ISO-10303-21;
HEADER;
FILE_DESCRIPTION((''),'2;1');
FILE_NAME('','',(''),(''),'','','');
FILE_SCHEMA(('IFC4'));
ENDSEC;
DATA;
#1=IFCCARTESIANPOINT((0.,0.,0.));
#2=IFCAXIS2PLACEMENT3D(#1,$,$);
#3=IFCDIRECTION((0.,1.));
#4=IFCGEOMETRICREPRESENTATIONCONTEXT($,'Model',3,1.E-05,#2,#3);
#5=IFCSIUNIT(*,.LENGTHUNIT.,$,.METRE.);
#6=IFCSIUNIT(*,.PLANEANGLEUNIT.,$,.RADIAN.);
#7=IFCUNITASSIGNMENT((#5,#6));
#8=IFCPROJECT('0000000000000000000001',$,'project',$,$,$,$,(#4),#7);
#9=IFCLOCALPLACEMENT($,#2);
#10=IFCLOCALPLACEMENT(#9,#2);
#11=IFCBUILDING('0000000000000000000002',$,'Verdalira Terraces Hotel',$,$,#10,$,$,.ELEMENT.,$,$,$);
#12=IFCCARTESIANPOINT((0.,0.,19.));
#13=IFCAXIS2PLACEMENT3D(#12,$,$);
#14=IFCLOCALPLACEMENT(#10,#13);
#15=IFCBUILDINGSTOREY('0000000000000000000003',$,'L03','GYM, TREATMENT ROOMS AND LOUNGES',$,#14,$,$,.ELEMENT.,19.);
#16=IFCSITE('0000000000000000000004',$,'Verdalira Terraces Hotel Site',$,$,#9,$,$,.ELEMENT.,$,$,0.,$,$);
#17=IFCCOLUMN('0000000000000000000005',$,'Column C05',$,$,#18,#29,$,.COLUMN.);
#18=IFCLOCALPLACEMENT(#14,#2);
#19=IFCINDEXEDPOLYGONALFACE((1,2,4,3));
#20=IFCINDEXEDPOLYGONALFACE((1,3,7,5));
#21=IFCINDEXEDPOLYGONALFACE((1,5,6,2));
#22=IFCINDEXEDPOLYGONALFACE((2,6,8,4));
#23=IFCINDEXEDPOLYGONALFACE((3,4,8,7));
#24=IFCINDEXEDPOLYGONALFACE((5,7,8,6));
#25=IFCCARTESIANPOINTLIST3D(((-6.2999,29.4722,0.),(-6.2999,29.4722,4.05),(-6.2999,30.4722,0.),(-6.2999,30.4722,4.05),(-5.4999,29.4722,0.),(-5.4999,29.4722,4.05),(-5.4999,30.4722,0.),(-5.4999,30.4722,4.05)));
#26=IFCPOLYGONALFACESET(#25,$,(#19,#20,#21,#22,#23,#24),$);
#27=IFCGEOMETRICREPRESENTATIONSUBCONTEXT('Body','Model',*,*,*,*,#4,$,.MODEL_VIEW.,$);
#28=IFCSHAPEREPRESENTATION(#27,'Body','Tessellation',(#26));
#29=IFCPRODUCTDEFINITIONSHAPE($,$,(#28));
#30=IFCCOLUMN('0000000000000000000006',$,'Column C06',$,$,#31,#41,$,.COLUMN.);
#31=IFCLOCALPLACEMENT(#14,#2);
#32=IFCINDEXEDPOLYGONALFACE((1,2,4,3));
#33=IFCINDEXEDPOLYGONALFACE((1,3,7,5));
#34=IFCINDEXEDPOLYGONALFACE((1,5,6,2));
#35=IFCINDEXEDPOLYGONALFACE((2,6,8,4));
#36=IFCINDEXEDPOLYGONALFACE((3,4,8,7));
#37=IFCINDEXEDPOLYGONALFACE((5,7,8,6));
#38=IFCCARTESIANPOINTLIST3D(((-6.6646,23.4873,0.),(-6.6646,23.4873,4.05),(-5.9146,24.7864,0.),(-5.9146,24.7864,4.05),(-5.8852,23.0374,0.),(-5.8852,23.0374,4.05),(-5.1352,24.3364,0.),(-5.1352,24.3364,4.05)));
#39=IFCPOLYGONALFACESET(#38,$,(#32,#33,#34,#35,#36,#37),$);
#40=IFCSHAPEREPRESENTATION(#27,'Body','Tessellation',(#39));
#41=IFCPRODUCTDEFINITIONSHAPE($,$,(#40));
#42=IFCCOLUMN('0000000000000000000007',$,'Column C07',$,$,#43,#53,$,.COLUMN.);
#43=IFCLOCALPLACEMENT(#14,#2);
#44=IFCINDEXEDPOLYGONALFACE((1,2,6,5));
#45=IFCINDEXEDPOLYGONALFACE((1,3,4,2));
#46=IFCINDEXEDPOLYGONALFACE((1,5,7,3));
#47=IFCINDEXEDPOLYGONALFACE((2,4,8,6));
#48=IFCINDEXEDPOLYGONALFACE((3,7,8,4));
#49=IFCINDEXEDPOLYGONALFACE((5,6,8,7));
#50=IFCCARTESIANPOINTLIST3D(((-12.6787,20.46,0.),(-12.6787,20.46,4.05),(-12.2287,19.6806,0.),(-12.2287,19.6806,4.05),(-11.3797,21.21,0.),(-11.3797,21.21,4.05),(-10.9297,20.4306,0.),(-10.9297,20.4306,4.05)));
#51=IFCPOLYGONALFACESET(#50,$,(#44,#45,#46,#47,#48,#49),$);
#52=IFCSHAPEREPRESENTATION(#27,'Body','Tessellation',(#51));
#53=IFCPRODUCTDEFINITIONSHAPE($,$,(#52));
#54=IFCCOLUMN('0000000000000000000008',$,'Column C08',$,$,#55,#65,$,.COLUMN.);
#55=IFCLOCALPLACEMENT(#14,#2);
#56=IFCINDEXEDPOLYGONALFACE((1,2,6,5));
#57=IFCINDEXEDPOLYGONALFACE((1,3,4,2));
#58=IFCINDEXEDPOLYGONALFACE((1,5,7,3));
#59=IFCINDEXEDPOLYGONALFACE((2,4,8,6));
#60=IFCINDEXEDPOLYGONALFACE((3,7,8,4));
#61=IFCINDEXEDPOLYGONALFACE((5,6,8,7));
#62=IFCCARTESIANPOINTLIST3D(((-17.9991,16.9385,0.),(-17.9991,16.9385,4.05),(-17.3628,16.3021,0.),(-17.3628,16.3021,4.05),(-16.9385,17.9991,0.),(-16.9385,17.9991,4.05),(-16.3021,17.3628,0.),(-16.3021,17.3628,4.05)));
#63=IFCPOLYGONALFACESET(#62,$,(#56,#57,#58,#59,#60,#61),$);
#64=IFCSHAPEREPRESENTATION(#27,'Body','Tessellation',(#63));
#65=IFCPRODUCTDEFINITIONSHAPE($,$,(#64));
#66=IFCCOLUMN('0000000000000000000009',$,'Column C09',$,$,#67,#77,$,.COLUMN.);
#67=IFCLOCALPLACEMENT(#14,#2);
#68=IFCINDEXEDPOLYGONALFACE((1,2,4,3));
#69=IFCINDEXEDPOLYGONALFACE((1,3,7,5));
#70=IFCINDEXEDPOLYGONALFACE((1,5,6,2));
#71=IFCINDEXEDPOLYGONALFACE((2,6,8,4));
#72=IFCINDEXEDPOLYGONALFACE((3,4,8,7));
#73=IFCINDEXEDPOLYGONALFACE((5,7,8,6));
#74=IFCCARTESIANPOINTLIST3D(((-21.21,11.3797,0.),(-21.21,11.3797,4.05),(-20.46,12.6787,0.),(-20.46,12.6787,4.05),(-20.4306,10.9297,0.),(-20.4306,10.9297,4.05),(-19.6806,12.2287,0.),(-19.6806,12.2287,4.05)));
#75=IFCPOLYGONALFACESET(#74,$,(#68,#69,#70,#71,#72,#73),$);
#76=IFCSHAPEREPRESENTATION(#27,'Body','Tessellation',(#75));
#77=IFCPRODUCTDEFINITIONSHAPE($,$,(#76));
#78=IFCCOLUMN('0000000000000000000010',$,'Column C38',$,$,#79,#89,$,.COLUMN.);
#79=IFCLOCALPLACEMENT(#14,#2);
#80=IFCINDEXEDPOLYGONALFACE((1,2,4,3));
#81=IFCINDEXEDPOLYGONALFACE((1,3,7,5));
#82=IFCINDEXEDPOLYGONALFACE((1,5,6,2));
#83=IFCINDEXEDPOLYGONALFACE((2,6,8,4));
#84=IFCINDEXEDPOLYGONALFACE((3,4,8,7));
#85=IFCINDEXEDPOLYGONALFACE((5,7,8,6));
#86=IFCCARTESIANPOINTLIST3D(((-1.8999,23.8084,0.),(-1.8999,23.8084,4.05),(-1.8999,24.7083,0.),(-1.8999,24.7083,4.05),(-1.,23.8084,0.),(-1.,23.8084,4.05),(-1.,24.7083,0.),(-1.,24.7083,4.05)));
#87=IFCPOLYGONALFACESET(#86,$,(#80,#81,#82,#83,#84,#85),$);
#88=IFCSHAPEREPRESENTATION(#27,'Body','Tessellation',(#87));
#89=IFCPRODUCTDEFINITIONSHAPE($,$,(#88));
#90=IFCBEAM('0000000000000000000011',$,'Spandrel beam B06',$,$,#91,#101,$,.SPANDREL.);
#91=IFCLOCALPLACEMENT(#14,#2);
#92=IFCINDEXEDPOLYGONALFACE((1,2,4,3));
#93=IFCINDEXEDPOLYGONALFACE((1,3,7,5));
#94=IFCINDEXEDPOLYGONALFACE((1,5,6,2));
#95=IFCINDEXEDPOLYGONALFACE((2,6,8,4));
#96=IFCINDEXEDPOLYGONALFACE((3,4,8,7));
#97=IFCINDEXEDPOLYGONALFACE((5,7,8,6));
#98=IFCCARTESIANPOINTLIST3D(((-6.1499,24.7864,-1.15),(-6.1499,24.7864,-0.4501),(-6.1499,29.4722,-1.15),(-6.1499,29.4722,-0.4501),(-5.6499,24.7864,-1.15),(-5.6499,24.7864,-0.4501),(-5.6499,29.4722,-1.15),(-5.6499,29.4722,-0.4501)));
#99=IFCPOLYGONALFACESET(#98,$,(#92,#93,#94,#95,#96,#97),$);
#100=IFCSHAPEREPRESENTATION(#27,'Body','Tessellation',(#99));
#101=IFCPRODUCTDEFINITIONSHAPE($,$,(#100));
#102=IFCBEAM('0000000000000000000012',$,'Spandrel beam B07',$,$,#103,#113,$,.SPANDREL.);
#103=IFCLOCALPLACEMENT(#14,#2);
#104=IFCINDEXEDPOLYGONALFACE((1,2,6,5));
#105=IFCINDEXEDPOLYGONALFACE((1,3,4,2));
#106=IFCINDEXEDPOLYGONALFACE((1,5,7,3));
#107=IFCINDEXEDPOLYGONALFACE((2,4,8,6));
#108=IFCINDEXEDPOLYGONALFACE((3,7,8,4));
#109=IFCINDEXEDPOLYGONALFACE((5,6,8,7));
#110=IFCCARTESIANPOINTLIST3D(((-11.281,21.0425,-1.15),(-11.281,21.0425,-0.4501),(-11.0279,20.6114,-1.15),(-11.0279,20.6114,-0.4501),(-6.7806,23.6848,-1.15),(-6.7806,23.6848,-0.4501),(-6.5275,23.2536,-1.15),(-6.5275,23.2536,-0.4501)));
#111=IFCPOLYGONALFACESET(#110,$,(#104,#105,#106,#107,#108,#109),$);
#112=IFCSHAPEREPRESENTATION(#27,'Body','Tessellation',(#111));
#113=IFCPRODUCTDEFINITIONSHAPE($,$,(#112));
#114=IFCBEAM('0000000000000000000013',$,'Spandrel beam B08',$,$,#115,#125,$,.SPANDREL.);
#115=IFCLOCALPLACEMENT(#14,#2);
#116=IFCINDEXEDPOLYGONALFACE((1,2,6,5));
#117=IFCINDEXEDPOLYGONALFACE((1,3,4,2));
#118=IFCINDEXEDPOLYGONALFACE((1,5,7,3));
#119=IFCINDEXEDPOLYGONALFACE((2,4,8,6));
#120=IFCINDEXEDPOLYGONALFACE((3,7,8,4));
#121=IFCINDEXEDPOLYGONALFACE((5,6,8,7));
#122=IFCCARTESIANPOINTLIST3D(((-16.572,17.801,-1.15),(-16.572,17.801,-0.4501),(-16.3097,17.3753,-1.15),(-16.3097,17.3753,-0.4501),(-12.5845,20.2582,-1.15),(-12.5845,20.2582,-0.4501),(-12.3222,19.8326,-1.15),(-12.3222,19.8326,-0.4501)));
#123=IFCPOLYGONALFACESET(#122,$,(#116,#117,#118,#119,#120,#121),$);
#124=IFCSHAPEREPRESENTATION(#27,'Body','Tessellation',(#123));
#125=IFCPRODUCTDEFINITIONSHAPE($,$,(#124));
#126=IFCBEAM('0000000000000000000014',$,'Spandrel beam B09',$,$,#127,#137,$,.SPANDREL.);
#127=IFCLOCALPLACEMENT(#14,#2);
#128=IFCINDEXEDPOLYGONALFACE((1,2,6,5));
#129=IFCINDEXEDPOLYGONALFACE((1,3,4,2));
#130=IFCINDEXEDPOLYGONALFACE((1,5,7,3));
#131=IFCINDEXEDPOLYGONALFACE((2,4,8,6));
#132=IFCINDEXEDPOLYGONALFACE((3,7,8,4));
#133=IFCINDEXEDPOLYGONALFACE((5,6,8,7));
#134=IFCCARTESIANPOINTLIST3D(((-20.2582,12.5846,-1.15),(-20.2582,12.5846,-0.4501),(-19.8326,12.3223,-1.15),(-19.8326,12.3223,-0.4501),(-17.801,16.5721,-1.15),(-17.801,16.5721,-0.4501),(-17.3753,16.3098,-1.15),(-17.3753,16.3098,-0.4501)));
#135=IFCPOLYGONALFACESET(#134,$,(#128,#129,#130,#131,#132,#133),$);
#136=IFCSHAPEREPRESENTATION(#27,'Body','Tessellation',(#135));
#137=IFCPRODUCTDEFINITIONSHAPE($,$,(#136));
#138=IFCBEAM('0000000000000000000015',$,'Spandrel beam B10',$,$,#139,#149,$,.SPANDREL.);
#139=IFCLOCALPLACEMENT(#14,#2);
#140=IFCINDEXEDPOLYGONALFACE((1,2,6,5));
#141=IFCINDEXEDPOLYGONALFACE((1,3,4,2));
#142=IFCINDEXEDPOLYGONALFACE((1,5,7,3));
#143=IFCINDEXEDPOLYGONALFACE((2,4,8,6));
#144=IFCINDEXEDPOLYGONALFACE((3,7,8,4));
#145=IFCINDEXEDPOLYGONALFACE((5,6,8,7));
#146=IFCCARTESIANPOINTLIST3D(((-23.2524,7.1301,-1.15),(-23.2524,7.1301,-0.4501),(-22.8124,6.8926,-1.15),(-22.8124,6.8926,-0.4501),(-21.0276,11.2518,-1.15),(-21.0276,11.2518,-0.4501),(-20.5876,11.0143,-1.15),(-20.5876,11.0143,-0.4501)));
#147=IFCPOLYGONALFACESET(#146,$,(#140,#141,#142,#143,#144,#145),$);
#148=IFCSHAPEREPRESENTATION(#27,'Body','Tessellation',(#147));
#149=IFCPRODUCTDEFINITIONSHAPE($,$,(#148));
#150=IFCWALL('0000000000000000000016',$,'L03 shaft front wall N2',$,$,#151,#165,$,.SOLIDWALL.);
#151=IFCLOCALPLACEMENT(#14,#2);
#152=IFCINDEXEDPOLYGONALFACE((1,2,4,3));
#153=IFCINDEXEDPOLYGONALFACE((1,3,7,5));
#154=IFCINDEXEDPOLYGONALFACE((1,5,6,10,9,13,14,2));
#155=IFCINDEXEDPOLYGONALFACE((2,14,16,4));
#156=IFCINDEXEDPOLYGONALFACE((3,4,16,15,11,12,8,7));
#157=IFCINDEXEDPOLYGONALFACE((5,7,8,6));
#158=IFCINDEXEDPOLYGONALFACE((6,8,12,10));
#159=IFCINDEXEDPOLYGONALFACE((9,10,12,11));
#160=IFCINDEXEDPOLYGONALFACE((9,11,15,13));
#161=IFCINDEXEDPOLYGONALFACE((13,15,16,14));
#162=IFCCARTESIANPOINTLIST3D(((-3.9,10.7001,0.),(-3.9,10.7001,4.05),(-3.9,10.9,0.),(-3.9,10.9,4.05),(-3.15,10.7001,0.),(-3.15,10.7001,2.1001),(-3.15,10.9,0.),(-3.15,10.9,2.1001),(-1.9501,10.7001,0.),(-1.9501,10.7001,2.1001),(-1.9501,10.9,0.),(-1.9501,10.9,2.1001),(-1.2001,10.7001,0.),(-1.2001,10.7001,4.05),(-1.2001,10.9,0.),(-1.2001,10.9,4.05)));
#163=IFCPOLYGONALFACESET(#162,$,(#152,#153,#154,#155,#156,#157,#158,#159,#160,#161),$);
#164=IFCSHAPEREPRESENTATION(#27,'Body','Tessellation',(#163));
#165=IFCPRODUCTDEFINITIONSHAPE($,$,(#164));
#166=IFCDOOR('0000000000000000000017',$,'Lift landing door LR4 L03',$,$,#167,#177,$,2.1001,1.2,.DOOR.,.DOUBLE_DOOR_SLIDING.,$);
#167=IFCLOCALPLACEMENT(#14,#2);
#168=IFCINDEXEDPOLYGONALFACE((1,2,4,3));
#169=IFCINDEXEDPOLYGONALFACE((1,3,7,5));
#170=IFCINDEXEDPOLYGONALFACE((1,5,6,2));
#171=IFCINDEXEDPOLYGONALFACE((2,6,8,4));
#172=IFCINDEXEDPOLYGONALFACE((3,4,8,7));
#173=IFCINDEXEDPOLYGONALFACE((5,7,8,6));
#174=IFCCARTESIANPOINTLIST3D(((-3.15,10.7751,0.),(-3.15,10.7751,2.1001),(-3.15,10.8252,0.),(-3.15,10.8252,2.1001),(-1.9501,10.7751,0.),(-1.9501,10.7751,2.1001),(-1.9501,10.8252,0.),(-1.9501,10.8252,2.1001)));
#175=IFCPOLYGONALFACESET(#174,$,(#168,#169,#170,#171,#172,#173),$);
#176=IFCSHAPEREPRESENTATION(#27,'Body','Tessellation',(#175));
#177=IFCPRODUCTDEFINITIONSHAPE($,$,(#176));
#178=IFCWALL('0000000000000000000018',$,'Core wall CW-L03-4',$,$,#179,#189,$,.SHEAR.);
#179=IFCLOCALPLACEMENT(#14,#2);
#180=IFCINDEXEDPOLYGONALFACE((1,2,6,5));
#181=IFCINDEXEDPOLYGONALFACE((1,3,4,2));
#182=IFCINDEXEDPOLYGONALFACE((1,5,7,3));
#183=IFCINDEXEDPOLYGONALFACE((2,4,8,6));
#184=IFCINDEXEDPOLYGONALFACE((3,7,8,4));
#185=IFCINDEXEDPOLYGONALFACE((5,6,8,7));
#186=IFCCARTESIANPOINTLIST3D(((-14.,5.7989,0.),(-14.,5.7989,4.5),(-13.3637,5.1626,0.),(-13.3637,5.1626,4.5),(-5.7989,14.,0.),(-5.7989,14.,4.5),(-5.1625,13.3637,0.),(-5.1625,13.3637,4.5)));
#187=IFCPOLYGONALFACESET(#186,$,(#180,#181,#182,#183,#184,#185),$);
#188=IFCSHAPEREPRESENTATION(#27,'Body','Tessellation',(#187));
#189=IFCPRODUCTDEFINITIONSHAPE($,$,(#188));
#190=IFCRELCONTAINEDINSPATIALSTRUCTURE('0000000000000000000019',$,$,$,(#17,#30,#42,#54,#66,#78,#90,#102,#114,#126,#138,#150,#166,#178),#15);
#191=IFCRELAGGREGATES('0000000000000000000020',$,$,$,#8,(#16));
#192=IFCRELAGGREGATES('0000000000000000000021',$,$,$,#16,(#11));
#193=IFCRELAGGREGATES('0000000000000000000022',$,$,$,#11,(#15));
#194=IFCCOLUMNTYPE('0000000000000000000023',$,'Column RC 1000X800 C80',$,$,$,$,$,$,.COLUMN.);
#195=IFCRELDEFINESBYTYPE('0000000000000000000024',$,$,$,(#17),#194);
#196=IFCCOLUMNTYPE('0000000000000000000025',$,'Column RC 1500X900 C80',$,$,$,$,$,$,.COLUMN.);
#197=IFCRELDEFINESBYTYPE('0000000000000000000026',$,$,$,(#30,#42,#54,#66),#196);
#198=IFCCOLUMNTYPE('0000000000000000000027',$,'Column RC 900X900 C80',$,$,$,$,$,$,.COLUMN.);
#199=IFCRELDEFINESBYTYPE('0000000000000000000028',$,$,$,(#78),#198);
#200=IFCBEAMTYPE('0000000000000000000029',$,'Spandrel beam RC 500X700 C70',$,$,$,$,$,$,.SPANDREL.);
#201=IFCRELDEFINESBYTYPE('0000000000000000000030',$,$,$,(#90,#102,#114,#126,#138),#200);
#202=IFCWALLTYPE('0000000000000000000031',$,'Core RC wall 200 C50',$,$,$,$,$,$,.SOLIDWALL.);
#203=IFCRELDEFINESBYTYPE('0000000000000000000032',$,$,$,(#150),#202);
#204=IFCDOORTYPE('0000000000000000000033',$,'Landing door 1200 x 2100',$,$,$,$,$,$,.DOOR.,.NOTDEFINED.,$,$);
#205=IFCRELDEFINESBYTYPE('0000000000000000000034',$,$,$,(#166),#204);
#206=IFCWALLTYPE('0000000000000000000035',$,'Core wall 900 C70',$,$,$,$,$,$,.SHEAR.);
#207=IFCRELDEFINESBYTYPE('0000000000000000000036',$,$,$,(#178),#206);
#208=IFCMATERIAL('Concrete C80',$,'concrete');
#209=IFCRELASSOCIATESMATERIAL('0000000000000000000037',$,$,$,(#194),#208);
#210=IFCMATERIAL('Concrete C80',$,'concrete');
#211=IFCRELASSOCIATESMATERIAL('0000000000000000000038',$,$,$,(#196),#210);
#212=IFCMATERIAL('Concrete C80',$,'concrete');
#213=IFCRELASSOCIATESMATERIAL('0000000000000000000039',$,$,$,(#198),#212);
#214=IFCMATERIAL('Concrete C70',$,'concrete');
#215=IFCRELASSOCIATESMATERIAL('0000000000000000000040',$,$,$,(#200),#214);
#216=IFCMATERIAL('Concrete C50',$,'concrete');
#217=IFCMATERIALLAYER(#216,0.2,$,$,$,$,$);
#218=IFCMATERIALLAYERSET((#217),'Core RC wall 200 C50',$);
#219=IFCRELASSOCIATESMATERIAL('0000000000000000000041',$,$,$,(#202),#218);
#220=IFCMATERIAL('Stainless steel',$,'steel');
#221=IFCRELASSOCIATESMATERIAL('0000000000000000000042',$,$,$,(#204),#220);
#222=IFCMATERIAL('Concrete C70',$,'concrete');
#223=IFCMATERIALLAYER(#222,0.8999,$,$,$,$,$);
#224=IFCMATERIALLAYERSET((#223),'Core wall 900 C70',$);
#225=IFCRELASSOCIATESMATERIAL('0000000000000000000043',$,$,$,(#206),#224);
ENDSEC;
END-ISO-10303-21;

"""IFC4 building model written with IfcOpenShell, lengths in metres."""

from ifc_helpers import new_model, si_unit, direction, frame, frame_2d, origin, origin_2d, place, context, subcontext, project, spatial, rectangle, extrude, material, layer, layer_set, material_profile, profile_set, type_object, element, fill, save


model = new_model("IFC4")

# Units and contexts
model_context = context("Model", 3, precision=1e-05, world=origin(), true_north=direction((0.0, 1.0)))
body_context = subcontext(model_context, "Body", "Model", "MODEL_VIEW")
ifc_project = project(units=[si_unit("LENGTHUNIT", "METRE"), si_unit("PLANEANGLEUNIT", "RADIAN")], contexts=[model_context])

# Site, building, storey
site_placement = place(None, origin())
site = spatial("IfcSite", under=ifc_project, at=site_placement, Name="Verdalira Terraces Hotel Site", CompositionType="ELEMENT", RefElevation=0.0)
building_placement = place(site_placement, origin())
building = spatial("IfcBuilding", under=site, at=building_placement, Name="Verdalira Terraces Hotel", CompositionType="ELEMENT")
storey_placement = place(building_placement, frame((0.0, 0.0, 19.0)))
storey = spatial("IfcBuildingStorey", under=building, at=storey_placement, Name="L03", Description="GYM, TREATMENT ROOMS AND LOUNGES", CompositionType="ELEMENT", Elevation=19.0)

# Columns
ifc_material_1 = material(Name="Concrete C80", Category="concrete")
ifc_material_profile_1 = material_profile(ifc_material_1, rectangle(XDim=1.0, YDim=0.8, at=origin_2d()), Name="RC 1000X800")
ifc_profile_set_1 = profile_set([ifc_material_profile_1], Name="Concrete C80")
column_type_1 = type_object("IfcColumnType", Name="Column RC 1000X800 C80", PredefinedType="COLUMN", material=ifc_profile_set_1)
column_1_placement = place(storey_placement, frame((-5.8999, 29.9722, 0.0), z_axis=(0.0, 0.0, 1.0), x_axis=(0.0, -1.0, 0.0)))
element("IfcColumn", 1, at=column_1_placement, inside=storey, type_object=column_type_1, Name="Column C05", PredefinedType="COLUMN", context=body_context, shape_type="SweptSolid", body=[
    extrude(rectangle(XDim=1.0, YDim=0.8, at=origin_2d()), origin(), (0.0, 0.0, 1.0), 4.05),
])
ifc_material_2 = material(Name="Concrete C80", Category="concrete")
ifc_material_profile_2 = material_profile(ifc_material_2, rectangle(XDim=1.5, YDim=0.8999, at=origin_2d()), Name="RC 1500X900")
ifc_profile_set_2 = profile_set([ifc_material_profile_2], Name="Concrete C80")
column_type_2 = type_object("IfcColumnType", Name="Column RC 1500X900 C80", PredefinedType="COLUMN", material=ifc_profile_set_2)
for number, where, z_axis, x_axis, name in (
    (2, (-5.8999, 23.9119, 0.0), (0.0, 0.0, 1.0), (0.5, 0.866025, 0.0), "Column C06"),
    (3, (-11.8042, 20.4453, 0.0), (0.0, 0.0, 1.0), (-0.866025, -0.5, 0.0), "Column C07"),
    (4, (-17.1506, 17.1506, 0.0), (0.0, 0.0, 1.0), (0.707107, 0.707107, 0.0), "Column C08"),
    (5, (-20.4453, 11.8042, 0.0), (0.0, 0.0, 1.0), (-0.5, -0.866025, 0.0), "Column C09"),
):
    element("IfcColumn", number, at=place(storey_placement, frame(where, z_axis=z_axis, x_axis=x_axis)), inside=storey, type_object=column_type_2, Name=name, PredefinedType="COLUMN", context=body_context, shape_type="SweptSolid", body=[
        extrude(rectangle(XDim=1.5, YDim=0.8999, at=origin_2d()), origin(), (0.0, 0.0, 1.0), 4.05),
    ])
ifc_material_3 = material(Name="Concrete C80", Category="concrete")
ifc_material_profile_3 = material_profile(ifc_material_3, rectangle(XDim=0.8999, YDim=0.8999, at=origin_2d()), Name="RC 900X900")
ifc_profile_set_3 = profile_set([ifc_material_profile_3], Name="Concrete C80")
column_type_3 = type_object("IfcColumnType", Name="Column RC 900X900 C80", PredefinedType="COLUMN", material=ifc_profile_set_3)
column_2_placement = place(storey_placement, frame((-1.45, 24.2583, 0.0), z_axis=(0.0, 0.0, 1.0), x_axis=(0.0, 1.0, 0.0)))
element("IfcColumn", 6, at=column_2_placement, inside=storey, type_object=column_type_3, Name="Column C38", PredefinedType="COLUMN", context=body_context, shape_type="SweptSolid", body=[
    extrude(rectangle(XDim=0.8999, YDim=0.8999, at=origin_2d()), origin(), (0.0, 0.0, 1.0), 4.05),
])

# Beams
ifc_material_4 = material(Name="Concrete C70", Category="concrete")
ifc_material_profile_4 = material_profile(ifc_material_4, rectangle(XDim=0.5, YDim=0.7, at=origin_2d()), Name="RC 500X700")
ifc_profile_set_4 = profile_set([ifc_material_profile_4], Name="Concrete C70")
beam_type = type_object("IfcBeamType", Name="Spandrel beam RC 500X700 C70", PredefinedType="SPANDREL", material=ifc_profile_set_4)
beam_1_placement = place(storey_placement, frame((-5.8999, 29.4722, -0.8), z_axis=(0.0, -1.0, 0.0), x_axis=(1.0, 0.0, 0.0)))
element("IfcBeam", 7, at=beam_1_placement, inside=storey, type_object=beam_type, Name="Spandrel beam B06", PredefinedType="SPANDREL", context=body_context, shape_type="SweptSolid", body=[
    extrude(rectangle(XDim=0.5, YDim=0.7, at=origin_2d()), origin(), (0.0, 0.0, 1.0), 4.6858),
])
beam_2_placement = place(storey_placement, frame((-6.6541, 23.4692, -0.8), z_axis=(-0.862354, -0.506306, 0.0), x_axis=(0.506306, -0.862354, 0.0)))
element("IfcBeam", 8, at=beam_2_placement, inside=storey, type_object=beam_type, Name="Spandrel beam B07", PredefinedType="SPANDREL", context=body_context, shape_type="SweptSolid", body=[
    extrude(rectangle(XDim=0.5, YDim=0.7, at=origin_2d()), origin(), (0.0, 0.0, 1.0), 5.2188),
])
for number, where, z_axis, x_axis, name in (
    (9, (-12.4534, 20.0454, -0.8), (-0.851334, -0.524624, 0.0), (0.524624, -0.851334, 0.0), "Spandrel beam B08"),
    (10, (-17.5881, 16.4409, -0.8), (-0.524624, -0.851334, 0.0), (0.851334, -0.524624, 0.0), "Spandrel beam B09"),
    (11, (-20.8076, 11.1331, -0.8), (-0.474995, -0.879989, 0.0), (0.879989, -0.474995, 0.0), "Spandrel beam B10"),
):
    element("IfcBeam", number, at=place(storey_placement, frame(where, z_axis=z_axis, x_axis=x_axis)), inside=storey, type_object=beam_type, Name=name, PredefinedType="SPANDREL", context=body_context, shape_type="SweptSolid", body=[
        extrude(rectangle(XDim=0.5, YDim=0.7, at=origin_2d()), origin(), (0.0, 0.0, 1.0), 4.6838),
    ])

# Wall, opening, door
ifc_material_5 = material(Name="Concrete C50", Category="concrete")
ifc_layer_1 = layer(ifc_material_5, 0.2)
ifc_layer_set_1 = layer_set([ifc_layer_1], Name="Core RC wall 200 C50")
wall_type_1 = type_object("IfcWallType", Name="Core RC wall 200 C50", PredefinedType="SOLIDWALL", material=ifc_layer_set_1)
wall_1_placement = place(storey_placement, frame((-1.2, 10.8, 0.0), z_axis=(0.0, 0.0, 1.0), x_axis=(-1.0, 0.0, 0.0)))
wall_1 = element("IfcWall", 12, at=wall_1_placement, inside=storey, type_object=wall_type_1, Name="L03 shaft front wall N2", PredefinedType="SOLIDWALL", context=body_context, shape_type="SweptSolid", body=[
    extrude(rectangle(XDim=2.7, YDim=0.2, at=frame_2d((1.3501, 0.0))), origin(), (0.0, 0.0, 1.0), 4.05),
])
opening_1_placement = place(wall_1_placement, frame((0.75, 0.0, 0.0)))
opening_1 = element("IfcOpeningElement", 13, at=opening_1_placement, cuts=wall_1, PredefinedType="OPENING", context=body_context, shape_type="SweptSolid", body=[
    extrude(rectangle(XDim=1.2, YDim=2.1001, at=frame_2d((0.6001, 1.05))), frame((0.0, 0.1099, 0.0), z_axis=(0.0, -1.0, 0.0), x_axis=(1.0, 0.0, 0.0)), (0.0, 0.0, 1.0), 0.22),
])
ifc_material_6 = material(Name="Stainless steel", Category="steel")
door_type_1 = type_object("IfcDoorType", Name="Landing door 1200 x 2100", OperationType="NOTDEFINED", PredefinedType="DOOR", material=ifc_material_6)
door_1_placement = place(opening_1_placement, origin())
door_1 = element("IfcDoor", 14, at=door_1_placement, inside=storey, type_object=door_type_1, Name="Lift landing door LR4 L03", OperationType="DOUBLE_DOOR_SLIDING", OverallHeight=2.1001, OverallWidth=1.2, PredefinedType="DOOR", context=body_context, shape_type="SweptSolid", body=[
    extrude(rectangle(XDim=1.2, YDim=2.1001, at=frame_2d((0.6001, 1.05))), frame((0.0, 0.0249, 0.0), z_axis=(0.0, -1.0, 0.0), x_axis=(1.0, 0.0, 0.0)), (0.0, 0.0, 1.0), 0.05),
])
fill(opening_1, door_1)

# Wall
ifc_material_7 = material(Name="Concrete C70", Category="concrete")
ifc_layer_2 = layer(ifc_material_7, 0.8999)
ifc_layer_set_2 = layer_set([ifc_layer_2], Name="Core wall 900 C70")
wall_type_2 = type_object("IfcWallType", Name="Core wall 900 C70", PredefinedType="SHEAR", material=ifc_layer_set_2)
wall_2_placement = place(storey_placement, frame((-5.4807, 13.6819, 0.0), z_axis=(0.0, 0.0, 1.0), x_axis=(-0.707107, -0.707107, 0.0)))
element("IfcWall", 15, at=wall_2_placement, inside=storey, type_object=wall_type_2, Name="Core wall CW-L03-4", PredefinedType="SHEAR", context=body_context, shape_type="SweptSolid", body=[
    extrude(rectangle(XDim=11.5981, YDim=0.8999, at=frame_2d((5.7991, 0.0))), origin(), (0.0, 0.0, 1.0), 4.5),
])

save(model, "model.ifc")
